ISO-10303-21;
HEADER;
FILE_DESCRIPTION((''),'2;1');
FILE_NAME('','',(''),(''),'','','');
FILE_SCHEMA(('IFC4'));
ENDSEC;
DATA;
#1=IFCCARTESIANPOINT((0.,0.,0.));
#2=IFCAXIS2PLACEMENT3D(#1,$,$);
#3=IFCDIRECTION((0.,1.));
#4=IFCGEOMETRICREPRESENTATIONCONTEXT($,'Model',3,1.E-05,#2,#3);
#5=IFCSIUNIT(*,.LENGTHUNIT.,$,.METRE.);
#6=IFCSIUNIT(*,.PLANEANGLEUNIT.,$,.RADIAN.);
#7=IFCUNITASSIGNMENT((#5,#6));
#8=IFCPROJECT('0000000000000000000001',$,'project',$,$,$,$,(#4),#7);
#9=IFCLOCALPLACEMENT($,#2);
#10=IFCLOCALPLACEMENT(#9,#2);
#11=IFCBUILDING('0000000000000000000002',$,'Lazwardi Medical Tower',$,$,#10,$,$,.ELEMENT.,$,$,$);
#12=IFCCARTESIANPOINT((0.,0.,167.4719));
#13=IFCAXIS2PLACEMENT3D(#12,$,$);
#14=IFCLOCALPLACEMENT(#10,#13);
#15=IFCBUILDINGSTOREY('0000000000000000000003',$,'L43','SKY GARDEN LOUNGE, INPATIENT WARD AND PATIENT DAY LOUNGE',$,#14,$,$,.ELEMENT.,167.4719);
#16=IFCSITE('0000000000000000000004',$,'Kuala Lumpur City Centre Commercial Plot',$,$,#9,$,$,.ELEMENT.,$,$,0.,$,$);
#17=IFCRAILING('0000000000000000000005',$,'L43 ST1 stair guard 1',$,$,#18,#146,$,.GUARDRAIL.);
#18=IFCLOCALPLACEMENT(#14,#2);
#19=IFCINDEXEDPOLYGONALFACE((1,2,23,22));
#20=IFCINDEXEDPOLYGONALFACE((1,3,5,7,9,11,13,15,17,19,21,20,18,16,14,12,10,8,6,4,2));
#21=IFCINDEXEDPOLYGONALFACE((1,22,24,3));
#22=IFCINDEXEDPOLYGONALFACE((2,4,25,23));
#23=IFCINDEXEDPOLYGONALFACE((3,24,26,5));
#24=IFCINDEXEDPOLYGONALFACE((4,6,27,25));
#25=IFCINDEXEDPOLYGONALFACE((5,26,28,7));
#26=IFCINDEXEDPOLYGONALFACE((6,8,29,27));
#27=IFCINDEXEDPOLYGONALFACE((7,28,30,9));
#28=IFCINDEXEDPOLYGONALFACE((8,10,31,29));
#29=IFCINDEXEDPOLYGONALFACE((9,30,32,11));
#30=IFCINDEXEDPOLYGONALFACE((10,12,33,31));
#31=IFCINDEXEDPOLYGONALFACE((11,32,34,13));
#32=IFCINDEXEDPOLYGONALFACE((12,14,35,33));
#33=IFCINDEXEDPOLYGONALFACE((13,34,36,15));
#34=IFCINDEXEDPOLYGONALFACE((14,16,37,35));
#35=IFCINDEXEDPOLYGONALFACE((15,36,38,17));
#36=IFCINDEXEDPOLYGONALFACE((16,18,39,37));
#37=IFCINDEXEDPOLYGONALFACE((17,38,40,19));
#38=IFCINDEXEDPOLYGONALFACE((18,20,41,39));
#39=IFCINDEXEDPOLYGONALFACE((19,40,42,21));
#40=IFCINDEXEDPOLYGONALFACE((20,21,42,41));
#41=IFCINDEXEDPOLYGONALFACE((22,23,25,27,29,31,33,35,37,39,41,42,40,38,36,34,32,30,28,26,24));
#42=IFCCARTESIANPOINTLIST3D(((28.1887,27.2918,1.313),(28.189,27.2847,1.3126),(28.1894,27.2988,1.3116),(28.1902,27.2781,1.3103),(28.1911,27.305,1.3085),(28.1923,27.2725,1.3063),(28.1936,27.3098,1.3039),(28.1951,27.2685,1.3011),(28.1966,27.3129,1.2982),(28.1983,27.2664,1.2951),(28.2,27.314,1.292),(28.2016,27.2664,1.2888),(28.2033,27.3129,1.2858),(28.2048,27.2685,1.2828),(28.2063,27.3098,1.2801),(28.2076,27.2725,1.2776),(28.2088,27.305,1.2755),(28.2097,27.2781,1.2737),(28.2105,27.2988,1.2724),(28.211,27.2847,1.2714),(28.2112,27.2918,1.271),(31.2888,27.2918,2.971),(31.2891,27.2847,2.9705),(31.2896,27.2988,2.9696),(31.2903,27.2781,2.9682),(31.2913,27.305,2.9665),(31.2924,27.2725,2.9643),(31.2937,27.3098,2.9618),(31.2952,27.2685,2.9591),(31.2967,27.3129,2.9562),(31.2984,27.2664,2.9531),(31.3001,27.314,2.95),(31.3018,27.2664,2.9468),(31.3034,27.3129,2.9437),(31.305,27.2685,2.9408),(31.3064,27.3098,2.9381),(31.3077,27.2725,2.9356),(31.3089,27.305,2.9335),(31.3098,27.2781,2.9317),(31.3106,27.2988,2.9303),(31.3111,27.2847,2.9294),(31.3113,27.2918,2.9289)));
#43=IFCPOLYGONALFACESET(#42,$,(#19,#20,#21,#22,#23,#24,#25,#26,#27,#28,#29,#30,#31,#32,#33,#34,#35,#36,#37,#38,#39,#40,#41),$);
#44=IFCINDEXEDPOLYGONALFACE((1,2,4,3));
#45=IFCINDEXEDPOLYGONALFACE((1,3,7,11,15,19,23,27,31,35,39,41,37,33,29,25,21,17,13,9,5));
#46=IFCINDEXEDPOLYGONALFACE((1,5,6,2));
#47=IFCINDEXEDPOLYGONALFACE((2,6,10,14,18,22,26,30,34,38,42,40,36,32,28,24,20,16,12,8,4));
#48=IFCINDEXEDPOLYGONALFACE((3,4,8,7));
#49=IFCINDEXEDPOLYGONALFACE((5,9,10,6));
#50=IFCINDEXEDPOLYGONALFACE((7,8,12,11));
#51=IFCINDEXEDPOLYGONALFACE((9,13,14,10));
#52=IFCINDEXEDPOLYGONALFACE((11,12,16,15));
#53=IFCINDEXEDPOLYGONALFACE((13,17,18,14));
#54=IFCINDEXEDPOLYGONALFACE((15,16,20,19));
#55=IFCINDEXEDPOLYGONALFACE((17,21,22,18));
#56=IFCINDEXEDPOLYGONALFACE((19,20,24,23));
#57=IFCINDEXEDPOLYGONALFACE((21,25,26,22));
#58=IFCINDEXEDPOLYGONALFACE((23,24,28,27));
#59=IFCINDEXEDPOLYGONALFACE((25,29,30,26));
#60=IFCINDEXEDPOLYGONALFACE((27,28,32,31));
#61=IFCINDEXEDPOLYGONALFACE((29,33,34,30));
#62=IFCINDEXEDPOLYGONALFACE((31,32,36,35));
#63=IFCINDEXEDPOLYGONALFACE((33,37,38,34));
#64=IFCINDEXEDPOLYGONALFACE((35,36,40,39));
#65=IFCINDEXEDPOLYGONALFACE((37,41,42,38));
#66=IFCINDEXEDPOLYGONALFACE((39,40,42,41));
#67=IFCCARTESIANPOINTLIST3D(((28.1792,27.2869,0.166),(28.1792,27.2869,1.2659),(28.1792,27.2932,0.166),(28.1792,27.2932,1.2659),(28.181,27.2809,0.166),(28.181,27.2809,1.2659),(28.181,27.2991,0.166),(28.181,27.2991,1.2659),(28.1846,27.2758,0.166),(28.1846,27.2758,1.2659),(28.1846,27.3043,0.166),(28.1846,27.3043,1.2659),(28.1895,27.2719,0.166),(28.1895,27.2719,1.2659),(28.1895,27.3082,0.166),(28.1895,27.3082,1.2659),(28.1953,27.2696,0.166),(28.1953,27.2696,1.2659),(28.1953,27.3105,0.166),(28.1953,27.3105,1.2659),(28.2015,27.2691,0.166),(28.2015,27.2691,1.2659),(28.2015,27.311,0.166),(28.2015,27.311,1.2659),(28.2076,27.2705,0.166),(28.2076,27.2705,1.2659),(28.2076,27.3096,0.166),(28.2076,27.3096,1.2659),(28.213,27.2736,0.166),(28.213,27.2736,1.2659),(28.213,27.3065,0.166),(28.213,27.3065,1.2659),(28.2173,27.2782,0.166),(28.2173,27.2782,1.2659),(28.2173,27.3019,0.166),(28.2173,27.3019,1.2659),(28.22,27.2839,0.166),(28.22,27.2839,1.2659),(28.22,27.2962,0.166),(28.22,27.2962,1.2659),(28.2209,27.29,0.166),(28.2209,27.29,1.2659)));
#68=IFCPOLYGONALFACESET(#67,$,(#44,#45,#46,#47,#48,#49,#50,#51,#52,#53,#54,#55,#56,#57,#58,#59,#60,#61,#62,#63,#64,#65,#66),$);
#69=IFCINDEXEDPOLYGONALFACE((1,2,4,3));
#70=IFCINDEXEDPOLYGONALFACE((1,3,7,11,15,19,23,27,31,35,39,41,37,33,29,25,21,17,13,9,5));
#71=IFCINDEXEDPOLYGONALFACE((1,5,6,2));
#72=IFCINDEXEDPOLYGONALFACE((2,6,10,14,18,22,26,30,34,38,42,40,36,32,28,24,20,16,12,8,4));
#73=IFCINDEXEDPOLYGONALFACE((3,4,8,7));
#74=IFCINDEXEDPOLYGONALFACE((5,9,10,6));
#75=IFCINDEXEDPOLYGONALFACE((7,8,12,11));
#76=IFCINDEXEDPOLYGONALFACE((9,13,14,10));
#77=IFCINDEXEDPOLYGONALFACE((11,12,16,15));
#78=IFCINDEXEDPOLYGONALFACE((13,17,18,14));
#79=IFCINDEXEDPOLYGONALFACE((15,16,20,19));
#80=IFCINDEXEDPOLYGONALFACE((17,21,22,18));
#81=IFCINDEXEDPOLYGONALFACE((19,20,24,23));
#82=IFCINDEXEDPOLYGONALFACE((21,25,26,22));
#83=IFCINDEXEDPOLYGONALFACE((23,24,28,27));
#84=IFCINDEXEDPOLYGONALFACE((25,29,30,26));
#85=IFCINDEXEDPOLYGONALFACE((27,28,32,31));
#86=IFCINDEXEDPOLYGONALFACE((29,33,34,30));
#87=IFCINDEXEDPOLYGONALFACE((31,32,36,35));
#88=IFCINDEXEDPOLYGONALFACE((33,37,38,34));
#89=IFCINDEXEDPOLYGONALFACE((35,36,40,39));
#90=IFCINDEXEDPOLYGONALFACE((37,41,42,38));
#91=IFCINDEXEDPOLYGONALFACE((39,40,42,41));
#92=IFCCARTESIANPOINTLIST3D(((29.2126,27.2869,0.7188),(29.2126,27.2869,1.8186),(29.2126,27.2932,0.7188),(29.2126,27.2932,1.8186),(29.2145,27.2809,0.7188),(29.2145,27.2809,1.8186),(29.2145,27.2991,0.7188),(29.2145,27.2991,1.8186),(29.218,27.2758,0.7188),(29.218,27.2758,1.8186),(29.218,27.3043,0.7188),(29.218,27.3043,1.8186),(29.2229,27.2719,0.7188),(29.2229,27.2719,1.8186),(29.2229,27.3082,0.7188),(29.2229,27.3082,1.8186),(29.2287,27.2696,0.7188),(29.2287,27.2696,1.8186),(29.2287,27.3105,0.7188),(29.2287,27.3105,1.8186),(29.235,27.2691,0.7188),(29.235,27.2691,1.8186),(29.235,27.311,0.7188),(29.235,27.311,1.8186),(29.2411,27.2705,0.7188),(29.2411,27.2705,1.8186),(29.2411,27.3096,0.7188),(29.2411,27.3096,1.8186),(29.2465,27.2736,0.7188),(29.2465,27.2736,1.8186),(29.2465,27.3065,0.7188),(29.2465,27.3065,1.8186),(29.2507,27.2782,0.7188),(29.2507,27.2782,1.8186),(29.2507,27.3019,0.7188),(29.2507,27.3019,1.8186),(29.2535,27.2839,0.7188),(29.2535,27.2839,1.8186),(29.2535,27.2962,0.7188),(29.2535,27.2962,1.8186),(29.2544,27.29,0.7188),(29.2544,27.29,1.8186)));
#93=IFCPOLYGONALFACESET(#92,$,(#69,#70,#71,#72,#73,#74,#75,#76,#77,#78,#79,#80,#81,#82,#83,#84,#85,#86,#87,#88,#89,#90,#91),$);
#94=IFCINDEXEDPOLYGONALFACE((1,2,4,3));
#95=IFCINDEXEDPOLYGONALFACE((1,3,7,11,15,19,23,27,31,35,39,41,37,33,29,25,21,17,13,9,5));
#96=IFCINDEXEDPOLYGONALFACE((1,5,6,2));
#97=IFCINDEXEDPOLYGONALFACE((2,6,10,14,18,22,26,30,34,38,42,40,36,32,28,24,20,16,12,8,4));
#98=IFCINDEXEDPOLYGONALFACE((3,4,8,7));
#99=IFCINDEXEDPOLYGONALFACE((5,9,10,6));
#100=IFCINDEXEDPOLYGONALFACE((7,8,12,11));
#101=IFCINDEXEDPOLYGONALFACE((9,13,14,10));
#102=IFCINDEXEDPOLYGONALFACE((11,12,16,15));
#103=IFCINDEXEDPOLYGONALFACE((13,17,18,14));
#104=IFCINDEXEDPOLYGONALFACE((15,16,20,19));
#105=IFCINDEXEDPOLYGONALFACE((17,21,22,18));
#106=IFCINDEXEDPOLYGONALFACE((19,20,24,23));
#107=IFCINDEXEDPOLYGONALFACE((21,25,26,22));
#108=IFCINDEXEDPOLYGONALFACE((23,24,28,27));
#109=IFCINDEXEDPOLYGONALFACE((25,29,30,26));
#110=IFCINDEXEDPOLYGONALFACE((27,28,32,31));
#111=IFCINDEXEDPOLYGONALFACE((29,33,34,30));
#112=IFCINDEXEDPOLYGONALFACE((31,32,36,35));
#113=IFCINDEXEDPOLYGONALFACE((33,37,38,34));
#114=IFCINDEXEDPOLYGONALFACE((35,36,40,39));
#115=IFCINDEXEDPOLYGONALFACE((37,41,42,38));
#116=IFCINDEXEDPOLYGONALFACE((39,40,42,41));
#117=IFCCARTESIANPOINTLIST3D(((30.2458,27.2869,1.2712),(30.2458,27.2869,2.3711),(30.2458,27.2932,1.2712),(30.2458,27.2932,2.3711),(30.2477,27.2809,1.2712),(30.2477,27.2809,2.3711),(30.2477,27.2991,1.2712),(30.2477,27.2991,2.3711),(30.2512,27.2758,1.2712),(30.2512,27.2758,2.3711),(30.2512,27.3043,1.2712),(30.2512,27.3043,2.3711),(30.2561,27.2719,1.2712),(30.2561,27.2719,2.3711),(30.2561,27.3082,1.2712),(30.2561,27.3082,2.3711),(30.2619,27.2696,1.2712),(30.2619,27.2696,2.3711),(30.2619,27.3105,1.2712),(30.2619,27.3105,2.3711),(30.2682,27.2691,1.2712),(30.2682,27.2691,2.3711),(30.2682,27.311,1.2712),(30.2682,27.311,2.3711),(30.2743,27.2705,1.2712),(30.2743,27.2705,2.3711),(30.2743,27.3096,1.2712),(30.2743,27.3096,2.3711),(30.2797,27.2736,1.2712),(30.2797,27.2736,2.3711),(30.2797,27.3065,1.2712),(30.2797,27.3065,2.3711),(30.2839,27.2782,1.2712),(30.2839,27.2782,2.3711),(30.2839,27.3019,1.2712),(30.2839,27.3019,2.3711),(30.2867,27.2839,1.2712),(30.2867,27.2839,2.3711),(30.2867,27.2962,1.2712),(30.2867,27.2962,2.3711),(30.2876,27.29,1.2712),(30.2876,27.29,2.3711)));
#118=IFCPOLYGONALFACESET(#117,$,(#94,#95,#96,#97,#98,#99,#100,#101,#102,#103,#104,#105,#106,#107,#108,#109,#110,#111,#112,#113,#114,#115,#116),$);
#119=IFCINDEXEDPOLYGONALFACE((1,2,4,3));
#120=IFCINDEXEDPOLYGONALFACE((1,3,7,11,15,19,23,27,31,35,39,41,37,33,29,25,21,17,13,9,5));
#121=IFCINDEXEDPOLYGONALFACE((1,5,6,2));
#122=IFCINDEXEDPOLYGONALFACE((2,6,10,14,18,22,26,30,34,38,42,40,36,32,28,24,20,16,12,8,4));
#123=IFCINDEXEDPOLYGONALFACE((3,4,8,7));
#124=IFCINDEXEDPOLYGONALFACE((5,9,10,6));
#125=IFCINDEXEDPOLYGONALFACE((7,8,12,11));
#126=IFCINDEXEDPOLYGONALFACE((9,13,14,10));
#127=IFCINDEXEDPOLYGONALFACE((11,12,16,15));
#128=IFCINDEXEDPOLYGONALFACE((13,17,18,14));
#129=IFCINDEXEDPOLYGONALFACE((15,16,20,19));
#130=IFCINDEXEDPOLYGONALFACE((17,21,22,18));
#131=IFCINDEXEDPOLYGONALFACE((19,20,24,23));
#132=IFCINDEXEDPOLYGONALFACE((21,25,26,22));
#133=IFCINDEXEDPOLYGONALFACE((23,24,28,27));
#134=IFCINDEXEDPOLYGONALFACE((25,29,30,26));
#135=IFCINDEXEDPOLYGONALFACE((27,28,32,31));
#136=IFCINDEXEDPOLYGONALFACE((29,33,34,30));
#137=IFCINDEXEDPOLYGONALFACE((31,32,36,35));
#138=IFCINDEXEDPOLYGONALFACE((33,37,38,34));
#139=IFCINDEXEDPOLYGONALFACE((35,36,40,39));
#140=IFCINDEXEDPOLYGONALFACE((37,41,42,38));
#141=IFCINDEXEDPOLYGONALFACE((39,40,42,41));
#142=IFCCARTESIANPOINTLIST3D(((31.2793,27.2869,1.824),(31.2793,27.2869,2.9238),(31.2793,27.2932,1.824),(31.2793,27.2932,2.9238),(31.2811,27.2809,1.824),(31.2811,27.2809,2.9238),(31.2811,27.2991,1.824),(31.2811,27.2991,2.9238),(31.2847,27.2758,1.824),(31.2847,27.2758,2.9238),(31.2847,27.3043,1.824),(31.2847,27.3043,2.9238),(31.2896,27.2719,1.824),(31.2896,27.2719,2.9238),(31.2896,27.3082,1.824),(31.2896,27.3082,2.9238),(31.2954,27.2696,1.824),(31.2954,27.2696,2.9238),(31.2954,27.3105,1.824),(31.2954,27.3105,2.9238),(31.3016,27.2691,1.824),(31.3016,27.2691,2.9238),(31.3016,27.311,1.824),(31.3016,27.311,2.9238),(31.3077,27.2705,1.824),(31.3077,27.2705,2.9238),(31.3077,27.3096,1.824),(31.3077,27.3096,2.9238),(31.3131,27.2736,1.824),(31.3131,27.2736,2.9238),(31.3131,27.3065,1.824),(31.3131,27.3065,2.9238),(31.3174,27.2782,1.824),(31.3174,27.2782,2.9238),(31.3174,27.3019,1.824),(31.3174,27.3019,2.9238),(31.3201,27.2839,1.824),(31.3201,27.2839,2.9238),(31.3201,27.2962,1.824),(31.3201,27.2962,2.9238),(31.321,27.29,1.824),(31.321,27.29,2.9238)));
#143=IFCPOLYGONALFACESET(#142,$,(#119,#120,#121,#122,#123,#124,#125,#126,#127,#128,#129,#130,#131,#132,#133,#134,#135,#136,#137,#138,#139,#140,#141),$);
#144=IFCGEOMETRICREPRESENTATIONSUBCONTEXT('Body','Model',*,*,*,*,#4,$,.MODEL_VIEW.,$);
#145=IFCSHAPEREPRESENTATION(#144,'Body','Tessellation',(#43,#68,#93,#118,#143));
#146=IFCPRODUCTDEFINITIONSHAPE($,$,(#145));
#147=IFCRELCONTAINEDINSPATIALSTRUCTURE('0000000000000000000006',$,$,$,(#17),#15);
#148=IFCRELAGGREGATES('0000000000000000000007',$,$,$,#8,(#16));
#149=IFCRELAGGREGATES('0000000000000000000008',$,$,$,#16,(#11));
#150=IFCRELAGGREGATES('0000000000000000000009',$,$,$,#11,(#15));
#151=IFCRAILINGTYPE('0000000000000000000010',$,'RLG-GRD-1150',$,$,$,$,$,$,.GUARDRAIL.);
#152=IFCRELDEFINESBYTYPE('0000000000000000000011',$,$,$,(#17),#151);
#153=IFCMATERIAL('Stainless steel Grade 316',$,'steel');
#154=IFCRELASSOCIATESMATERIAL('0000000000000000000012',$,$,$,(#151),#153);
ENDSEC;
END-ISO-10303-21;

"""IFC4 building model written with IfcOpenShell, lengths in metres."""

from ifc_helpers import new_model, si_unit, direction, frame, origin, origin_2d, place, context, subcontext, project, spatial, circle, extrude, material, type_object, element, save


model = new_model("IFC4")

# Units and contexts
model_context = context("Model", 3, precision=1e-05, world=origin(), true_north=direction((0.0, 1.0)))
body_context = subcontext(model_context, "Body", "Model", "MODEL_VIEW")
ifc_project = project(units=[si_unit("LENGTHUNIT", "METRE"), si_unit("PLANEANGLEUNIT", "RADIAN")], contexts=[model_context])

# Site, building, storey
site_placement = place(None, origin())
site = spatial("IfcSite", under=ifc_project, at=site_placement, Name="Kuala Lumpur City Centre Commercial Plot", CompositionType="ELEMENT", RefElevation=0.0)
building_placement = place(site_placement, origin())
building = spatial("IfcBuilding", under=site, at=building_placement, Name="Lazwardi Medical Tower", CompositionType="ELEMENT")
storey_placement = place(building_placement, frame((0.0, 0.0, 167.4719)))
storey = spatial("IfcBuildingStorey", under=building, at=storey_placement, Name="L43", Description="SKY GARDEN LOUNGE, INPATIENT WARD AND PATIENT DAY LOUNGE", CompositionType="ELEMENT", Elevation=167.4719)

# Railing
ifc_material_1 = material(Name="Stainless steel Grade 316", Category="steel")
railing_type_1 = type_object("IfcRailingType", Name="RLG-GRD-1150", PredefinedType="GUARDRAIL", material=ifc_material_1)
railing_1_placement = place(storey_placement, frame((28.2, 27.29, 0.166)))
element("IfcRailing", 1, at=railing_1_placement, inside=storey, type_object=railing_type_1, Name="L43 ST1 stair guard 1", PredefinedType="GUARDRAIL", context=body_context, shape_type="SweptSolid", body=[
    extrude(circle(Radius=0.0239, at=origin_2d()), frame((0.0, 0.0, 1.126), z_axis=(0.881812, 0.0, 0.471601), x_axis=(0.0, 1.0, 0.0)), (0.0, 0.0, 1.0), 3.5156),
    extrude(circle(Radius=0.021, at=origin_2d()), origin(), (0.0, 0.0, 1.0), 1.0999),
    extrude(circle(Radius=0.021, at=origin_2d()), frame((1.0334, 0.0, 0.5527)), (0.0, 0.0, 1.0), 1.0999),
    extrude(circle(Radius=0.021, at=origin_2d()), frame((2.0667, 0.0, 1.1052)), (0.0, 0.0, 1.0), 1.0999),
    extrude(circle(Radius=0.021, at=origin_2d()), frame((3.1001, 0.0, 1.658)), (0.0, 0.0, 1.0), 1.0999),
])

save(model, "model.ifc")
